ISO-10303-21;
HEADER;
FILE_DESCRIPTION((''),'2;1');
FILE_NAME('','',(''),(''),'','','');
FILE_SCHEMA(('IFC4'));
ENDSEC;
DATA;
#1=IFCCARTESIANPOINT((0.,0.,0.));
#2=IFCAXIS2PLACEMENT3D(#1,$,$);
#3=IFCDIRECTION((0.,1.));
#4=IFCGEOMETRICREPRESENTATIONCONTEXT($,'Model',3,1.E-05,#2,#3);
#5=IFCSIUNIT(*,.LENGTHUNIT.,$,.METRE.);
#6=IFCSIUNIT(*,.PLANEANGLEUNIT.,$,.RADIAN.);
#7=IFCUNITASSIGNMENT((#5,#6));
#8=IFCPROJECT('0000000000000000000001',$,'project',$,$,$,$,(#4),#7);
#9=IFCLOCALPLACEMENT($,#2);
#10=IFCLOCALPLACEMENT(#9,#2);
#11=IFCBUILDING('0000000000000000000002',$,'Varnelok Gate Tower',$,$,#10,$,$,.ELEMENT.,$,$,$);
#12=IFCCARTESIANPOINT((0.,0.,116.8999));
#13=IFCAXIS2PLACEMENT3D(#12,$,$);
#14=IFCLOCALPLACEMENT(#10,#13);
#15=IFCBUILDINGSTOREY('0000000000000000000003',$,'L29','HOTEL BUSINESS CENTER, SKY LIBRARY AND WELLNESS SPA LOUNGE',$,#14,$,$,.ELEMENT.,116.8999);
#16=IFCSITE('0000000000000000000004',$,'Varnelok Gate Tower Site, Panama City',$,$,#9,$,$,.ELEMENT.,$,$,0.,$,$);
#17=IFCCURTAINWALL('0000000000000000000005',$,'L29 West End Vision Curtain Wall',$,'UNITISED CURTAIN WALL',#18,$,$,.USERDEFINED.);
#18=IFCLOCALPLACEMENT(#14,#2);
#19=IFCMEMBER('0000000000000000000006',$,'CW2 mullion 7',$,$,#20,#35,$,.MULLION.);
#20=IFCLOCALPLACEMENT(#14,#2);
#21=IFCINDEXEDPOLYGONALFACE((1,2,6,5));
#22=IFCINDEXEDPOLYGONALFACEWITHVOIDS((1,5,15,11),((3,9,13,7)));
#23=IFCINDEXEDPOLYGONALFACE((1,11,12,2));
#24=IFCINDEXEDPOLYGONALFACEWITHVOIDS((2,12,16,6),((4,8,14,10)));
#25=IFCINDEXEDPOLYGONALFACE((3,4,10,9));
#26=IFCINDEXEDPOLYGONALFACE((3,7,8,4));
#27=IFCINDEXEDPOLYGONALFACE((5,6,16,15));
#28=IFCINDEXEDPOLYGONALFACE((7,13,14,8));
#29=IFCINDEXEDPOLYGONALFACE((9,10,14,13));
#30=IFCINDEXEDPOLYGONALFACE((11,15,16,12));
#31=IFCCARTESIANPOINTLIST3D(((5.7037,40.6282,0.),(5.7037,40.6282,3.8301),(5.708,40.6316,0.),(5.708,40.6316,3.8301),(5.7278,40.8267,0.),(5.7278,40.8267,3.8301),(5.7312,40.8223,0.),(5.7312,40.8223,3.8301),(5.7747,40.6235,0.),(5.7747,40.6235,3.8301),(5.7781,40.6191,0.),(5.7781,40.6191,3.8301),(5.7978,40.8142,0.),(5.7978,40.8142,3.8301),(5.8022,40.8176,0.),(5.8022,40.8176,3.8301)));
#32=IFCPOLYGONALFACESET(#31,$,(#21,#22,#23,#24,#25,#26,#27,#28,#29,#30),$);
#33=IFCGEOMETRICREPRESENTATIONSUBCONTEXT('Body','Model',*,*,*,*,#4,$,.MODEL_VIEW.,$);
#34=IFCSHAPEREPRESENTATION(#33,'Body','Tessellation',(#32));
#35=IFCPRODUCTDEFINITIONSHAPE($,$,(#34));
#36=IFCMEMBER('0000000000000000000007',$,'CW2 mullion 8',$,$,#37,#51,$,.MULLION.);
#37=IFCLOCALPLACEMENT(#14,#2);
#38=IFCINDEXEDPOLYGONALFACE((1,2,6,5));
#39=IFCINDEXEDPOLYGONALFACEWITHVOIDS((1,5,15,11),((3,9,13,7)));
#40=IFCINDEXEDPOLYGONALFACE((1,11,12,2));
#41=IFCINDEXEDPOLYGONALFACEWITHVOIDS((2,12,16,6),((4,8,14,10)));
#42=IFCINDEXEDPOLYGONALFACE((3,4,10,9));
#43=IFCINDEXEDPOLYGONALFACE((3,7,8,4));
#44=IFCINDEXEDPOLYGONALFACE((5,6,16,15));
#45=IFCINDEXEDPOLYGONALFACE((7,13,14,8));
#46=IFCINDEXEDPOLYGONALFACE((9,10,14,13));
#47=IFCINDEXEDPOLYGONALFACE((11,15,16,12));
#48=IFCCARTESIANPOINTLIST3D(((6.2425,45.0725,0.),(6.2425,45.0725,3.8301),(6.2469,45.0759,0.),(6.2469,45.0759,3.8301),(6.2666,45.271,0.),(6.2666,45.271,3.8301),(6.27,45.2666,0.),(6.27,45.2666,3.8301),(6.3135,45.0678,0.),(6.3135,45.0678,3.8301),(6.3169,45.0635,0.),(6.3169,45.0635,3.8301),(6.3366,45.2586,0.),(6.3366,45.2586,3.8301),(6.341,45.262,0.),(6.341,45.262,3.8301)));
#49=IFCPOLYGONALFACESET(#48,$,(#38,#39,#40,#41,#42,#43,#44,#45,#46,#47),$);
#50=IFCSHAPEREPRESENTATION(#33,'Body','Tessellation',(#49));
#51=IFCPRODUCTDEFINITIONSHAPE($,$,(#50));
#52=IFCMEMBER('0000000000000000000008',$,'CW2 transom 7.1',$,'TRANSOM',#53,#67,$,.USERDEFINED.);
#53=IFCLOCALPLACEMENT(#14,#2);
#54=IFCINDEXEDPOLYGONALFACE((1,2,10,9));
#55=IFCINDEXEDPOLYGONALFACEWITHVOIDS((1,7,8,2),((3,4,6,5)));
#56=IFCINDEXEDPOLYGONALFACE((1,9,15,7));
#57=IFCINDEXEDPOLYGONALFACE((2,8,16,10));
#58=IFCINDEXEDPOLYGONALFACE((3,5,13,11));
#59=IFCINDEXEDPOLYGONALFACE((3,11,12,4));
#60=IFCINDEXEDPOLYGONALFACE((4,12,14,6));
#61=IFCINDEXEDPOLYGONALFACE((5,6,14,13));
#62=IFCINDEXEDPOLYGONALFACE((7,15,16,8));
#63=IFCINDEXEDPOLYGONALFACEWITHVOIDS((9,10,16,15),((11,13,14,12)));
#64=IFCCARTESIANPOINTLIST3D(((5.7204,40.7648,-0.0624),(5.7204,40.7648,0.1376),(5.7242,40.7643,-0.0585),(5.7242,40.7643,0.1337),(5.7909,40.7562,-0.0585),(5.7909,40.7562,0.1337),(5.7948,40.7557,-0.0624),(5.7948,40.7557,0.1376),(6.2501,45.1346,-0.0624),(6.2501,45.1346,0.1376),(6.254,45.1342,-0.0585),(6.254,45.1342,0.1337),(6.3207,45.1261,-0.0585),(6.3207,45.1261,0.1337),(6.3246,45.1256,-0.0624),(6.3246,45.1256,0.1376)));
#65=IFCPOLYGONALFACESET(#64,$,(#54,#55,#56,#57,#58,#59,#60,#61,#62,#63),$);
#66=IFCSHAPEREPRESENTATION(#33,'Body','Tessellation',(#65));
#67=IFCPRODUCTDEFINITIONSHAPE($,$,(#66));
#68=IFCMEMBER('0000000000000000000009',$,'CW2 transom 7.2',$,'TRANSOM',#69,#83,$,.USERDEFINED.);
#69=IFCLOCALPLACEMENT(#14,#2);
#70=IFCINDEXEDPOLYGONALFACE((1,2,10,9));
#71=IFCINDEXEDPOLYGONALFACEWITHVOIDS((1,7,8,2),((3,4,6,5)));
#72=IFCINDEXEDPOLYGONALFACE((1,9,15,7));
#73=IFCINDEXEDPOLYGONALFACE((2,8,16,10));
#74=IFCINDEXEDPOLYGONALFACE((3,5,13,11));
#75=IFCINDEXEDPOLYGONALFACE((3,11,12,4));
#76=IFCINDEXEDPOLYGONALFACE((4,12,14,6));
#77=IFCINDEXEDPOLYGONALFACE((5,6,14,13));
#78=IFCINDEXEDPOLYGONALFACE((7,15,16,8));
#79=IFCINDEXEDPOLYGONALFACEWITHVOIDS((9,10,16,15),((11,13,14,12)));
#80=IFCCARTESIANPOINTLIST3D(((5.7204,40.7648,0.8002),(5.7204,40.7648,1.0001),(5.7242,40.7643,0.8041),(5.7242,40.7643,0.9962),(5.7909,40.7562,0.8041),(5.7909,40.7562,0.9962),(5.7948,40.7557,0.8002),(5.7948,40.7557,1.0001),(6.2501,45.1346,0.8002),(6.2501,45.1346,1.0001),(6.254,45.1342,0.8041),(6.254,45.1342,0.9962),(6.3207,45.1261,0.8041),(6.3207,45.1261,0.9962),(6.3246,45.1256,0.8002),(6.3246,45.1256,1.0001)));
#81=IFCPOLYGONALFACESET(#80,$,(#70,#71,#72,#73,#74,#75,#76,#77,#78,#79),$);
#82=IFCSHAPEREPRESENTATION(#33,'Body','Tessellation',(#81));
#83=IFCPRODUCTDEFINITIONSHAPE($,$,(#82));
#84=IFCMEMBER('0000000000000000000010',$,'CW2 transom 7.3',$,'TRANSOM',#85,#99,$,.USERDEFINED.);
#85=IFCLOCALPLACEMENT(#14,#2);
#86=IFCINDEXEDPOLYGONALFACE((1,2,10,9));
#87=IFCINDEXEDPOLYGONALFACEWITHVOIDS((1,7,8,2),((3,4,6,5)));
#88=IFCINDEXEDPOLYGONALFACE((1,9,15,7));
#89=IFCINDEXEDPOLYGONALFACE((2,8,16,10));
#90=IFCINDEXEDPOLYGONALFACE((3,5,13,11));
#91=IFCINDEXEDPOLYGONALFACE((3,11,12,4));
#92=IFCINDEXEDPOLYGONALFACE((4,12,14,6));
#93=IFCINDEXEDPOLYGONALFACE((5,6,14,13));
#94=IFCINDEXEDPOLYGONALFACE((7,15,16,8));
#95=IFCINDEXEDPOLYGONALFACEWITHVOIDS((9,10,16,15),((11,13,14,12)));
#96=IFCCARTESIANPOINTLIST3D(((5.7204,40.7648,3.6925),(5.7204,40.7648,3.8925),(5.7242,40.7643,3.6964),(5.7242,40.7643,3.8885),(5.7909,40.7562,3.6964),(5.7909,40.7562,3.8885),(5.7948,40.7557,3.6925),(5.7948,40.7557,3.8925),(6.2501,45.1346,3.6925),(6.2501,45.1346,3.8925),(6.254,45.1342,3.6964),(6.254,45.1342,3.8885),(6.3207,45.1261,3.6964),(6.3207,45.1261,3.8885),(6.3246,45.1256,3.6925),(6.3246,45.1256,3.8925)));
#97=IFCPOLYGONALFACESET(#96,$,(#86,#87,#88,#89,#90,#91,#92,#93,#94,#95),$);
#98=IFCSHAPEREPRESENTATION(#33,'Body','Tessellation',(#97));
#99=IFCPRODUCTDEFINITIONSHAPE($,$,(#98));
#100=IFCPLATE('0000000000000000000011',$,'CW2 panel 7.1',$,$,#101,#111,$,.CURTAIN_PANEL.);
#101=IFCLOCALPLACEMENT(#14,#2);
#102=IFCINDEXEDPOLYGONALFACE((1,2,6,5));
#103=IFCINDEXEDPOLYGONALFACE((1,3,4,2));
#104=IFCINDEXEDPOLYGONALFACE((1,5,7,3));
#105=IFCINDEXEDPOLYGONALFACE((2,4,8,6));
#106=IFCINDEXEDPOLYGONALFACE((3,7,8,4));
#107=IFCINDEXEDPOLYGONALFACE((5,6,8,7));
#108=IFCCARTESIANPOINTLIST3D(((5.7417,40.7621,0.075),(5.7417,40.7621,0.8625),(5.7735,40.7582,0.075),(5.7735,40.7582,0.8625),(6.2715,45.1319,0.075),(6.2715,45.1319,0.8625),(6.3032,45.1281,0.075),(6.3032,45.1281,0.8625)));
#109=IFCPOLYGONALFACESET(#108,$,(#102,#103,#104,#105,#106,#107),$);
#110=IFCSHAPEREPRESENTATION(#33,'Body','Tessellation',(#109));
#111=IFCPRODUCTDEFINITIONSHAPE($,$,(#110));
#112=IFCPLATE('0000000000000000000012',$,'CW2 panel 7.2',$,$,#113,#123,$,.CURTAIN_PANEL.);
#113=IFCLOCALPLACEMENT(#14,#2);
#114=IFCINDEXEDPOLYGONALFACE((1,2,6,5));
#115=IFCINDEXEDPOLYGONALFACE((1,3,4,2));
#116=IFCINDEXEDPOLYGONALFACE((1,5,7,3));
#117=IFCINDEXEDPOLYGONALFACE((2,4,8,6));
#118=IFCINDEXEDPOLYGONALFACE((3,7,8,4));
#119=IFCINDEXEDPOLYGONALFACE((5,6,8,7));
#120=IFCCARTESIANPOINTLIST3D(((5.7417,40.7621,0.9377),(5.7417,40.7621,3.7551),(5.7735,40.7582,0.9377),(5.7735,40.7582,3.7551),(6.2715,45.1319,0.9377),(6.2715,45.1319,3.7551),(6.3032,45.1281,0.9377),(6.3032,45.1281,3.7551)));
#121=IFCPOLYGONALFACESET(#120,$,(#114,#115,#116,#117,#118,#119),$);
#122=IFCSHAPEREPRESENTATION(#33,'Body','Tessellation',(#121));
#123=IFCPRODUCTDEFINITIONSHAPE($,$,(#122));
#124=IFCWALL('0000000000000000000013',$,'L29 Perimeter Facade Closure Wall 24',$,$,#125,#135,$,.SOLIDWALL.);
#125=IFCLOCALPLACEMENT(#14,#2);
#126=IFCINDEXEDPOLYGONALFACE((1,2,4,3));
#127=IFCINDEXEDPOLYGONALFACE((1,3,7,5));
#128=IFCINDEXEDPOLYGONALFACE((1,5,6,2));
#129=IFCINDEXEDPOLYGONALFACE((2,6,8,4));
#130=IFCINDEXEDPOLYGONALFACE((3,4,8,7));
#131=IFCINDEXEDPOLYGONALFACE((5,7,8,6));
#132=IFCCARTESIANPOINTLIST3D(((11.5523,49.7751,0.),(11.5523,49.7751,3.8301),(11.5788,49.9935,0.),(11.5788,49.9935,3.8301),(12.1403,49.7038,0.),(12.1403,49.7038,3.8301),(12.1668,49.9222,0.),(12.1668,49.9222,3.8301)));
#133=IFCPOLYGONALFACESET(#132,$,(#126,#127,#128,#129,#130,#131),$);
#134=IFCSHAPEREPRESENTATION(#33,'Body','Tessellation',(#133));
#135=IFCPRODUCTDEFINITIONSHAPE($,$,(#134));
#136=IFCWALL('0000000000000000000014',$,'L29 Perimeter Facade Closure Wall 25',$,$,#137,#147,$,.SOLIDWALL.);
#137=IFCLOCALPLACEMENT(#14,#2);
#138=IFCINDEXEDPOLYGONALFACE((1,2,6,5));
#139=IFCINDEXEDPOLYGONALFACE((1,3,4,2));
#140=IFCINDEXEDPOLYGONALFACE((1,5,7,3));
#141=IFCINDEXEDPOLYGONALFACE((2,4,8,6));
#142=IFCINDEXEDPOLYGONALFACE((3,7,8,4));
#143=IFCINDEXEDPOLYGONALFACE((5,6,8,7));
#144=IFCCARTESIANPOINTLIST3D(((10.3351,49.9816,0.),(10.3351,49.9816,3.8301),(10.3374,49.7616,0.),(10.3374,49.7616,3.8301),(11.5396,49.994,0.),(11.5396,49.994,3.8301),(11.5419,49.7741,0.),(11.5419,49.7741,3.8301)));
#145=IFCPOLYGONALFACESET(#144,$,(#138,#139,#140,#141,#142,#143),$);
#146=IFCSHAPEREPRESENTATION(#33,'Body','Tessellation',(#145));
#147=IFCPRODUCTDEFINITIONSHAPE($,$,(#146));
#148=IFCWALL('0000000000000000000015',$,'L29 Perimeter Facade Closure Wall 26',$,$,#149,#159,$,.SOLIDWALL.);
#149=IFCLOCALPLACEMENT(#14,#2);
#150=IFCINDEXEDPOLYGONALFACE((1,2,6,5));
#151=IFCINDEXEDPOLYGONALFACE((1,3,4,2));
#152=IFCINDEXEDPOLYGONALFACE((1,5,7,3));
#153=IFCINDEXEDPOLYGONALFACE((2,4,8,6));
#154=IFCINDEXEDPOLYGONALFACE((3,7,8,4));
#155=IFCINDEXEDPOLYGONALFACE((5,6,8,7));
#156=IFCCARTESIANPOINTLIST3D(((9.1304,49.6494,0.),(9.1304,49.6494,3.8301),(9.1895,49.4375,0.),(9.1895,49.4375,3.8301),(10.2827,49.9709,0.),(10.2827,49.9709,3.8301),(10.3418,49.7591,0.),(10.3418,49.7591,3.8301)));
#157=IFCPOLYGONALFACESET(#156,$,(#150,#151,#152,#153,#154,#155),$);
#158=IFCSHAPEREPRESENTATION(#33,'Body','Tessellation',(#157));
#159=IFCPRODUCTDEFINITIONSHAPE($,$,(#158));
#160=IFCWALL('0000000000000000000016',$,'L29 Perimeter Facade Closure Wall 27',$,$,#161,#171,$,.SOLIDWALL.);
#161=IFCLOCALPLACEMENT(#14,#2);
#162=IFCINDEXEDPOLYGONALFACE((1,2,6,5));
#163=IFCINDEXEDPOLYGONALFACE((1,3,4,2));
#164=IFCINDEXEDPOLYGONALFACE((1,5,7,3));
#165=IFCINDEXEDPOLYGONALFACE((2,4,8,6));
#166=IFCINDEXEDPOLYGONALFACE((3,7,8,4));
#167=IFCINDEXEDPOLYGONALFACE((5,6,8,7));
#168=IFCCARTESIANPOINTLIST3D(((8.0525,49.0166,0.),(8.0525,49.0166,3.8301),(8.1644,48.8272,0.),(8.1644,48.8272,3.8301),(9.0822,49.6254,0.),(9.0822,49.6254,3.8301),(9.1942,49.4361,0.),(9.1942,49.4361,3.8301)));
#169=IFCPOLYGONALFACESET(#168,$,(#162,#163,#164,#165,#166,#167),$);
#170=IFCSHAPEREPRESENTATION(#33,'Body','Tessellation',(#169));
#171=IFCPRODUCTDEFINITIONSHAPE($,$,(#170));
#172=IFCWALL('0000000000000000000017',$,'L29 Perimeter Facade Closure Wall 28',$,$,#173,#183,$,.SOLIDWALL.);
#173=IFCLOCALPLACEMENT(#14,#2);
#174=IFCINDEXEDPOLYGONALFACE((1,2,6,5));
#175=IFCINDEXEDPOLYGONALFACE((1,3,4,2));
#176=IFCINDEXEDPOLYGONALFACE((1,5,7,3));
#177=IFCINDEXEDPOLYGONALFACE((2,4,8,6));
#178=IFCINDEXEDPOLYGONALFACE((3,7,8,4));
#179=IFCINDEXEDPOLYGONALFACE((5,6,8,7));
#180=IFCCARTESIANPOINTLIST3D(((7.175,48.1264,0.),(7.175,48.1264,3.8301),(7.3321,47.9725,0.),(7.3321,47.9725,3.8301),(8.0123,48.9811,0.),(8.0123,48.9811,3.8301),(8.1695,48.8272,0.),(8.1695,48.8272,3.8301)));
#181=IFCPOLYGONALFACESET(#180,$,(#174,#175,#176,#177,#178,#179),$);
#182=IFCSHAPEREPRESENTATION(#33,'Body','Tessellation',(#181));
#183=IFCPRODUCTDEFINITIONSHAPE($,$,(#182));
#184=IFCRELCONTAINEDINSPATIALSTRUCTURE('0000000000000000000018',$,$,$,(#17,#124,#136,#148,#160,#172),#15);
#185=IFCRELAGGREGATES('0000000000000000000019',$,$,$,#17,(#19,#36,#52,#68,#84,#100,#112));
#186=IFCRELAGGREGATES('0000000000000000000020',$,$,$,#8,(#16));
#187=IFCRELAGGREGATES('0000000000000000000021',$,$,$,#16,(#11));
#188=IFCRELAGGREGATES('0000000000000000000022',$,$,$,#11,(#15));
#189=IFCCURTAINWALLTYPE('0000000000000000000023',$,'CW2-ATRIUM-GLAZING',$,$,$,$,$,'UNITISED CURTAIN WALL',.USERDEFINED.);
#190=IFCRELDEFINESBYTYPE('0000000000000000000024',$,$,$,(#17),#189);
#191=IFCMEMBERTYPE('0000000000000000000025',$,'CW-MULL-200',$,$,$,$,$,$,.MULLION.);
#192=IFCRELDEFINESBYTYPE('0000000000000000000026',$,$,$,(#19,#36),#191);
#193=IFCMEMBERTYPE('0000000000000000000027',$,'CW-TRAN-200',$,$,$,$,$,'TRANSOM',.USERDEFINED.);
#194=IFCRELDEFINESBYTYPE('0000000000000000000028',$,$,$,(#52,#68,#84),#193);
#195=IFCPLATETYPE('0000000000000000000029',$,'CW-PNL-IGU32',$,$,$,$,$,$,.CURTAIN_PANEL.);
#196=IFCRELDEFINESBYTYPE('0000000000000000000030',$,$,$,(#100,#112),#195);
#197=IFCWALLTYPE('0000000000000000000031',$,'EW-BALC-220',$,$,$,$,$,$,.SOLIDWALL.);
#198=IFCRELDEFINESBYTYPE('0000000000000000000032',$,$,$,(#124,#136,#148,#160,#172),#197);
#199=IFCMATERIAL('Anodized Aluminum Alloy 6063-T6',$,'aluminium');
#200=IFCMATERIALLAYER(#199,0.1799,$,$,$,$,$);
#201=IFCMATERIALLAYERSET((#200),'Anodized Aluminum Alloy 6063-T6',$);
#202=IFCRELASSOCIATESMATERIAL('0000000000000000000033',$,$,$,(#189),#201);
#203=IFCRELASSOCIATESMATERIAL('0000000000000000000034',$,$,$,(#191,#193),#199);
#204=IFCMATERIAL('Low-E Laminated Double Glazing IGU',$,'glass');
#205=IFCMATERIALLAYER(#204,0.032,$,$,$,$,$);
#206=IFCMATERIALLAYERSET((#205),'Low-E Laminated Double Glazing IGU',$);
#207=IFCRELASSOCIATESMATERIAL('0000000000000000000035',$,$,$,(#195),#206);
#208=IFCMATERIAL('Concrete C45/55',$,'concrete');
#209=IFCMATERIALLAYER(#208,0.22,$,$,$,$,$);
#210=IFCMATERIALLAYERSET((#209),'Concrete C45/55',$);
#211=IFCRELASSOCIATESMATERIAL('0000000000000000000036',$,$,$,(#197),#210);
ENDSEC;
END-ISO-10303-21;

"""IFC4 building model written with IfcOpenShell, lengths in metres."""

from ifc_helpers import new_model, si_unit, direction, frame, frame_2d, origin, origin_2d, place, context, subcontext, project, spatial, rectangle, hollow_rectangle, extrude, source, transform, mapped, material, layer, layer_set, material_profile, profile_set, type_object, element, aggregate, save


model = new_model("IFC4")

# Units and contexts
model_context = context("Model", 3, precision=1e-05, world=origin(), true_north=direction((0.0, 1.0)))
body_context = subcontext(model_context, "Body", "Model", "MODEL_VIEW")
ifc_project = project(units=[si_unit("LENGTHUNIT", "METRE"), si_unit("PLANEANGLEUNIT", "RADIAN")], contexts=[model_context])

# Site, building, storey
site_placement = place(None, origin())
site = spatial("IfcSite", under=ifc_project, at=site_placement, Name="Varnelok Gate Tower Site, Panama City", CompositionType="ELEMENT", RefElevation=0.0)
building_placement = place(site_placement, origin())
building = spatial("IfcBuilding", under=site, at=building_placement, Name="Varnelok Gate Tower", CompositionType="ELEMENT")
storey_placement = place(building_placement, frame((0.0, 0.0, 116.8999)))
storey = spatial("IfcBuildingStorey", under=building, at=storey_placement, Name="L29", Description="HOTEL BUSINESS CENTER, SKY LIBRARY AND WELLNESS SPA LOUNGE", CompositionType="ELEMENT", Elevation=116.8999)

# Curtain wall, members, plates
ifc_material_1 = material(Name="Anodized Aluminum Alloy 6063-T6", Category="aluminium")
ifc_layer_1 = layer(ifc_material_1, 0.1799)
ifc_layer_set_1 = layer_set([ifc_layer_1], Name="Anodized Aluminum Alloy 6063-T6")
curtain_wall_type = type_object("IfcCurtainWallType", Name="CW2-ATRIUM-GLAZING", ElementType="UNITISED CURTAIN WALL", PredefinedType="USERDEFINED", material=ifc_layer_set_1)
curtain_wall_placement = place(storey_placement, origin())
curtain_wall = element("IfcCurtainWall", 1, at=curtain_wall_placement, inside=storey, type_object=curtain_wall_type, Name="L29 West End Vision Curtain Wall", ObjectType="UNITISED CURTAIN WALL", PredefinedType="USERDEFINED")
ifc_material_profile_1 = material_profile(ifc_material_1, hollow_rectangle(XDim=0.075, YDim=0.2, WallThickness=0.0039, at=origin_2d()), Name="ALU200X75X4")
ifc_profile_set_1 = profile_set([ifc_material_profile_1], Name="Anodized Aluminum Alloy 6063-T6")
member_type_1 = type_object("IfcMemberType", Name="CW-MULL-200", PredefinedType="MULLION", material=ifc_profile_set_1)
member_1_placement = place(storey_placement, frame((5.7529, 40.7229, 0.0), z_axis=(0.0, 0.0, 1.0), x_axis=(-0.992732, 0.120345, 0.0)))
member_1 = element("IfcMember", 2, at=member_1_placement, type_object=member_type_1, Name="CW2 mullion 7", PredefinedType="MULLION", context=body_context, shape_type="SweptSolid", body=[
    extrude(hollow_rectangle(XDim=0.075, YDim=0.2, WallThickness=0.0039, at=origin_2d()), origin(), (0.0, 0.0, 1.0), 3.8301),
])
member_2_placement = place(storey_placement, frame((6.2917, 45.1672, 0.0), z_axis=(0.0, 0.0, 1.0), x_axis=(-0.992732, 0.120345, 0.0)))
member_2 = element("IfcMember", 3, at=member_2_placement, type_object=member_type_1, Name="CW2 mullion 8", PredefinedType="MULLION", context=body_context, shape_type="SweptSolid", body=[
    extrude(hollow_rectangle(XDim=0.075, YDim=0.2, WallThickness=0.0039, at=origin_2d()), origin(), (0.0, 0.0, 1.0), 3.8301),
])
ifc_material_profile_2 = material_profile(ifc_material_1, hollow_rectangle(XDim=0.075, YDim=0.2, WallThickness=0.0039, at=origin_2d()), Name="ALU200X75X4")
ifc_profile_set_2 = profile_set([ifc_material_profile_2], Name="Anodized Aluminum Alloy 6063-T6")
member_type_2 = type_object("IfcMemberType", Name="CW-TRAN-200", ElementType="TRANSOM", PredefinedType="USERDEFINED", material=ifc_profile_set_2)
member_3_placement = place(storey_placement, frame((5.7576, 40.7603, 0.0376), z_axis=(0.120355, 0.992731, 0.0), x_axis=(-0.992731, 0.120355, 0.0)))
member_3 = element("IfcMember", 4, at=member_3_placement, type_object=member_type_2, Name="CW2 transom 7.1", ObjectType="TRANSOM", PredefinedType="USERDEFINED", context=body_context, shape_type="SweptSolid", body=[
    extrude(hollow_rectangle(XDim=0.075, YDim=0.2, WallThickness=0.0039, at=origin_2d()), origin(), (0.0, 0.0, 1.0), 4.4019),
])
member_4_placement = place(storey_placement, frame((5.7576, 40.7603, 0.9001), z_axis=(0.120355, 0.992731, 0.0), x_axis=(-0.992731, 0.120355, 0.0)))
member_4 = element("IfcMember", 5, at=member_4_placement, type_object=member_type_2, Name="CW2 transom 7.2", ObjectType="TRANSOM", PredefinedType="USERDEFINED", context=body_context, shape_type="SweptSolid", body=[
    extrude(hollow_rectangle(XDim=0.075, YDim=0.2, WallThickness=0.0039, at=origin_2d()), origin(), (0.0, 0.0, 1.0), 4.4019),
])
member_5_placement = place(storey_placement, frame((5.7576, 40.7603, 3.7925), z_axis=(0.120355, 0.992731, 0.0), x_axis=(-0.992731, 0.120355, 0.0)))
member_5 = element("IfcMember", 6, at=member_5_placement, type_object=member_type_2, Name="CW2 transom 7.3", ObjectType="TRANSOM", PredefinedType="USERDEFINED", context=body_context, shape_type="SweptSolid", body=[
    extrude(hollow_rectangle(XDim=0.075, YDim=0.2, WallThickness=0.0039, at=origin_2d()), origin(), (0.0, 0.0, 1.0), 4.4019),
])
ifc_material_2 = material(Name="Low-E Laminated Double Glazing IGU", Category="glass")
ifc_layer_2 = layer(ifc_material_2, 0.032)
ifc_layer_set_2 = layer_set([ifc_layer_2], Name="Low-E Laminated Double Glazing IGU")
plate_type = type_object("IfcPlateType", Name="CW-PNL-IGU32", PredefinedType="CURTAIN_PANEL", material=ifc_layer_set_2)
shared_shape_1 = source(origin(), body_context, "Body", "SweptSolid", [
    extrude(rectangle(XDim=4.4019, YDim=0.032, at=origin_2d()), origin(), (0.0, 0.0, 1.0), 0.7876),
])
plate_1_placement = place(storey_placement, frame((6.0225, 42.9451, 0.075), z_axis=(0.0, 0.0, 1.0), x_axis=(0.120345, 0.992732, 0.0)))
plate_1 = element("IfcPlate", 7, at=plate_1_placement, type_object=plate_type, Name="CW2 panel 7.1", PredefinedType="CURTAIN_PANEL", context=body_context, shape_type="MappedRepresentation", body=[
    mapped(shared_shape_1, transform((0.0, 0.0, 0.0), scale=1.0)),
])
shared_shape_2 = source(origin(), body_context, "Body", "SweptSolid", [
    extrude(rectangle(XDim=4.4019, YDim=0.032, at=origin_2d()), origin(), (0.0, 0.0, 1.0), 2.8174),
])
plate_2_placement = place(storey_placement, frame((6.0225, 42.9451, 0.9377), z_axis=(0.0, 0.0, 1.0), x_axis=(0.120345, 0.992732, 0.0)))
plate_2 = element("IfcPlate", 8, at=plate_2_placement, type_object=plate_type, Name="CW2 panel 7.2", PredefinedType="CURTAIN_PANEL", context=body_context, shape_type="MappedRepresentation", body=[
    mapped(shared_shape_2, transform((0.0, 0.0, 0.0), scale=1.0)),
])
aggregate(curtain_wall, [member_1, member_2, member_3, member_4, member_5, plate_1, plate_2])

# Walls
ifc_material_3 = material(Name="Concrete C45/55", Category="concrete")
ifc_layer_3 = layer(ifc_material_3, 0.22)
ifc_layer_set_3 = layer_set([ifc_layer_3], Name="Concrete C45/55")
wall_type = type_object("IfcWallType", Name="EW-BALC-220", PredefinedType="SOLIDWALL", material=ifc_layer_set_3)
wall_1_placement = place(storey_placement, frame((12.1536, 49.813, 0.0), z_axis=(0.0, 0.0, 1.0), x_axis=(-0.992728, 0.120381, 0.0)))
element("IfcWall", 9, at=wall_1_placement, inside=storey, type_object=wall_type, Name="L29 Perimeter Facade Closure Wall 24", PredefinedType="SOLIDWALL", context=body_context, shape_type="SweptSolid", body=[
    extrude(rectangle(XDim=0.5923, YDim=0.22, at=frame_2d((0.2961, 0.0))), origin(), (0.0, 0.0, 1.0), 3.8301),
])
wall_2_placement = place(storey_placement, frame((11.5408, 49.884, 0.0), z_axis=(0.0, 0.0, 1.0), x_axis=(-0.999947, -0.010336, 0.0)))
element("IfcWall", 10, at=wall_2_placement, inside=storey, type_object=wall_type, Name="L29 Perimeter Facade Closure Wall 25", PredefinedType="SOLIDWALL", context=body_context, shape_type="SweptSolid", body=[
    extrude(rectangle(XDim=1.2046, YDim=0.22, at=frame_2d((0.6023, 0.0))), origin(), (0.0, 0.0, 1.0), 3.8301),
])
for number, where, z_axis, x_axis, name in (
    (11, (10.3123, 49.865, 0.0), (0.0, 0.0, 1.0), (-0.963207, -0.268759, 0.0), "L29 Perimeter Facade Closure Wall 26"),
    (12, (9.1382, 49.5308, 0.0), (0.0, 0.0, 1.0), (-0.860788, -0.508963, 0.0), "L29 Perimeter Facade Closure Wall 27"),
):
    element("IfcWall", number, at=place(storey_placement, frame(where, z_axis=z_axis, x_axis=x_axis)), inside=storey, type_object=wall_type, Name=name, PredefinedType="SOLIDWALL", context=body_context, shape_type="SweptSolid", body=[
        extrude(rectangle(XDim=1.1963, YDim=0.22, at=frame_2d((0.5981, 0.0))), origin(), (0.0, 0.0, 1.0), 3.8301),
    ])
wall_3_placement = place(storey_placement, frame((8.0908, 48.9041, 0.0), z_axis=(0.0, 0.0, 1.0), x_axis=(-0.699827, -0.714313, 0.0)))
element("IfcWall", 13, at=wall_3_placement, inside=storey, type_object=wall_type, Name="L29 Perimeter Facade Closure Wall 28", PredefinedType="SOLIDWALL", context=body_context, shape_type="SweptSolid", body=[
    extrude(rectangle(XDim=1.1965, YDim=0.22, at=frame_2d((0.5981, 0.0))), origin(), (0.0, 0.0, 1.0), 3.8301),
])

save(model, "model.ifc")
